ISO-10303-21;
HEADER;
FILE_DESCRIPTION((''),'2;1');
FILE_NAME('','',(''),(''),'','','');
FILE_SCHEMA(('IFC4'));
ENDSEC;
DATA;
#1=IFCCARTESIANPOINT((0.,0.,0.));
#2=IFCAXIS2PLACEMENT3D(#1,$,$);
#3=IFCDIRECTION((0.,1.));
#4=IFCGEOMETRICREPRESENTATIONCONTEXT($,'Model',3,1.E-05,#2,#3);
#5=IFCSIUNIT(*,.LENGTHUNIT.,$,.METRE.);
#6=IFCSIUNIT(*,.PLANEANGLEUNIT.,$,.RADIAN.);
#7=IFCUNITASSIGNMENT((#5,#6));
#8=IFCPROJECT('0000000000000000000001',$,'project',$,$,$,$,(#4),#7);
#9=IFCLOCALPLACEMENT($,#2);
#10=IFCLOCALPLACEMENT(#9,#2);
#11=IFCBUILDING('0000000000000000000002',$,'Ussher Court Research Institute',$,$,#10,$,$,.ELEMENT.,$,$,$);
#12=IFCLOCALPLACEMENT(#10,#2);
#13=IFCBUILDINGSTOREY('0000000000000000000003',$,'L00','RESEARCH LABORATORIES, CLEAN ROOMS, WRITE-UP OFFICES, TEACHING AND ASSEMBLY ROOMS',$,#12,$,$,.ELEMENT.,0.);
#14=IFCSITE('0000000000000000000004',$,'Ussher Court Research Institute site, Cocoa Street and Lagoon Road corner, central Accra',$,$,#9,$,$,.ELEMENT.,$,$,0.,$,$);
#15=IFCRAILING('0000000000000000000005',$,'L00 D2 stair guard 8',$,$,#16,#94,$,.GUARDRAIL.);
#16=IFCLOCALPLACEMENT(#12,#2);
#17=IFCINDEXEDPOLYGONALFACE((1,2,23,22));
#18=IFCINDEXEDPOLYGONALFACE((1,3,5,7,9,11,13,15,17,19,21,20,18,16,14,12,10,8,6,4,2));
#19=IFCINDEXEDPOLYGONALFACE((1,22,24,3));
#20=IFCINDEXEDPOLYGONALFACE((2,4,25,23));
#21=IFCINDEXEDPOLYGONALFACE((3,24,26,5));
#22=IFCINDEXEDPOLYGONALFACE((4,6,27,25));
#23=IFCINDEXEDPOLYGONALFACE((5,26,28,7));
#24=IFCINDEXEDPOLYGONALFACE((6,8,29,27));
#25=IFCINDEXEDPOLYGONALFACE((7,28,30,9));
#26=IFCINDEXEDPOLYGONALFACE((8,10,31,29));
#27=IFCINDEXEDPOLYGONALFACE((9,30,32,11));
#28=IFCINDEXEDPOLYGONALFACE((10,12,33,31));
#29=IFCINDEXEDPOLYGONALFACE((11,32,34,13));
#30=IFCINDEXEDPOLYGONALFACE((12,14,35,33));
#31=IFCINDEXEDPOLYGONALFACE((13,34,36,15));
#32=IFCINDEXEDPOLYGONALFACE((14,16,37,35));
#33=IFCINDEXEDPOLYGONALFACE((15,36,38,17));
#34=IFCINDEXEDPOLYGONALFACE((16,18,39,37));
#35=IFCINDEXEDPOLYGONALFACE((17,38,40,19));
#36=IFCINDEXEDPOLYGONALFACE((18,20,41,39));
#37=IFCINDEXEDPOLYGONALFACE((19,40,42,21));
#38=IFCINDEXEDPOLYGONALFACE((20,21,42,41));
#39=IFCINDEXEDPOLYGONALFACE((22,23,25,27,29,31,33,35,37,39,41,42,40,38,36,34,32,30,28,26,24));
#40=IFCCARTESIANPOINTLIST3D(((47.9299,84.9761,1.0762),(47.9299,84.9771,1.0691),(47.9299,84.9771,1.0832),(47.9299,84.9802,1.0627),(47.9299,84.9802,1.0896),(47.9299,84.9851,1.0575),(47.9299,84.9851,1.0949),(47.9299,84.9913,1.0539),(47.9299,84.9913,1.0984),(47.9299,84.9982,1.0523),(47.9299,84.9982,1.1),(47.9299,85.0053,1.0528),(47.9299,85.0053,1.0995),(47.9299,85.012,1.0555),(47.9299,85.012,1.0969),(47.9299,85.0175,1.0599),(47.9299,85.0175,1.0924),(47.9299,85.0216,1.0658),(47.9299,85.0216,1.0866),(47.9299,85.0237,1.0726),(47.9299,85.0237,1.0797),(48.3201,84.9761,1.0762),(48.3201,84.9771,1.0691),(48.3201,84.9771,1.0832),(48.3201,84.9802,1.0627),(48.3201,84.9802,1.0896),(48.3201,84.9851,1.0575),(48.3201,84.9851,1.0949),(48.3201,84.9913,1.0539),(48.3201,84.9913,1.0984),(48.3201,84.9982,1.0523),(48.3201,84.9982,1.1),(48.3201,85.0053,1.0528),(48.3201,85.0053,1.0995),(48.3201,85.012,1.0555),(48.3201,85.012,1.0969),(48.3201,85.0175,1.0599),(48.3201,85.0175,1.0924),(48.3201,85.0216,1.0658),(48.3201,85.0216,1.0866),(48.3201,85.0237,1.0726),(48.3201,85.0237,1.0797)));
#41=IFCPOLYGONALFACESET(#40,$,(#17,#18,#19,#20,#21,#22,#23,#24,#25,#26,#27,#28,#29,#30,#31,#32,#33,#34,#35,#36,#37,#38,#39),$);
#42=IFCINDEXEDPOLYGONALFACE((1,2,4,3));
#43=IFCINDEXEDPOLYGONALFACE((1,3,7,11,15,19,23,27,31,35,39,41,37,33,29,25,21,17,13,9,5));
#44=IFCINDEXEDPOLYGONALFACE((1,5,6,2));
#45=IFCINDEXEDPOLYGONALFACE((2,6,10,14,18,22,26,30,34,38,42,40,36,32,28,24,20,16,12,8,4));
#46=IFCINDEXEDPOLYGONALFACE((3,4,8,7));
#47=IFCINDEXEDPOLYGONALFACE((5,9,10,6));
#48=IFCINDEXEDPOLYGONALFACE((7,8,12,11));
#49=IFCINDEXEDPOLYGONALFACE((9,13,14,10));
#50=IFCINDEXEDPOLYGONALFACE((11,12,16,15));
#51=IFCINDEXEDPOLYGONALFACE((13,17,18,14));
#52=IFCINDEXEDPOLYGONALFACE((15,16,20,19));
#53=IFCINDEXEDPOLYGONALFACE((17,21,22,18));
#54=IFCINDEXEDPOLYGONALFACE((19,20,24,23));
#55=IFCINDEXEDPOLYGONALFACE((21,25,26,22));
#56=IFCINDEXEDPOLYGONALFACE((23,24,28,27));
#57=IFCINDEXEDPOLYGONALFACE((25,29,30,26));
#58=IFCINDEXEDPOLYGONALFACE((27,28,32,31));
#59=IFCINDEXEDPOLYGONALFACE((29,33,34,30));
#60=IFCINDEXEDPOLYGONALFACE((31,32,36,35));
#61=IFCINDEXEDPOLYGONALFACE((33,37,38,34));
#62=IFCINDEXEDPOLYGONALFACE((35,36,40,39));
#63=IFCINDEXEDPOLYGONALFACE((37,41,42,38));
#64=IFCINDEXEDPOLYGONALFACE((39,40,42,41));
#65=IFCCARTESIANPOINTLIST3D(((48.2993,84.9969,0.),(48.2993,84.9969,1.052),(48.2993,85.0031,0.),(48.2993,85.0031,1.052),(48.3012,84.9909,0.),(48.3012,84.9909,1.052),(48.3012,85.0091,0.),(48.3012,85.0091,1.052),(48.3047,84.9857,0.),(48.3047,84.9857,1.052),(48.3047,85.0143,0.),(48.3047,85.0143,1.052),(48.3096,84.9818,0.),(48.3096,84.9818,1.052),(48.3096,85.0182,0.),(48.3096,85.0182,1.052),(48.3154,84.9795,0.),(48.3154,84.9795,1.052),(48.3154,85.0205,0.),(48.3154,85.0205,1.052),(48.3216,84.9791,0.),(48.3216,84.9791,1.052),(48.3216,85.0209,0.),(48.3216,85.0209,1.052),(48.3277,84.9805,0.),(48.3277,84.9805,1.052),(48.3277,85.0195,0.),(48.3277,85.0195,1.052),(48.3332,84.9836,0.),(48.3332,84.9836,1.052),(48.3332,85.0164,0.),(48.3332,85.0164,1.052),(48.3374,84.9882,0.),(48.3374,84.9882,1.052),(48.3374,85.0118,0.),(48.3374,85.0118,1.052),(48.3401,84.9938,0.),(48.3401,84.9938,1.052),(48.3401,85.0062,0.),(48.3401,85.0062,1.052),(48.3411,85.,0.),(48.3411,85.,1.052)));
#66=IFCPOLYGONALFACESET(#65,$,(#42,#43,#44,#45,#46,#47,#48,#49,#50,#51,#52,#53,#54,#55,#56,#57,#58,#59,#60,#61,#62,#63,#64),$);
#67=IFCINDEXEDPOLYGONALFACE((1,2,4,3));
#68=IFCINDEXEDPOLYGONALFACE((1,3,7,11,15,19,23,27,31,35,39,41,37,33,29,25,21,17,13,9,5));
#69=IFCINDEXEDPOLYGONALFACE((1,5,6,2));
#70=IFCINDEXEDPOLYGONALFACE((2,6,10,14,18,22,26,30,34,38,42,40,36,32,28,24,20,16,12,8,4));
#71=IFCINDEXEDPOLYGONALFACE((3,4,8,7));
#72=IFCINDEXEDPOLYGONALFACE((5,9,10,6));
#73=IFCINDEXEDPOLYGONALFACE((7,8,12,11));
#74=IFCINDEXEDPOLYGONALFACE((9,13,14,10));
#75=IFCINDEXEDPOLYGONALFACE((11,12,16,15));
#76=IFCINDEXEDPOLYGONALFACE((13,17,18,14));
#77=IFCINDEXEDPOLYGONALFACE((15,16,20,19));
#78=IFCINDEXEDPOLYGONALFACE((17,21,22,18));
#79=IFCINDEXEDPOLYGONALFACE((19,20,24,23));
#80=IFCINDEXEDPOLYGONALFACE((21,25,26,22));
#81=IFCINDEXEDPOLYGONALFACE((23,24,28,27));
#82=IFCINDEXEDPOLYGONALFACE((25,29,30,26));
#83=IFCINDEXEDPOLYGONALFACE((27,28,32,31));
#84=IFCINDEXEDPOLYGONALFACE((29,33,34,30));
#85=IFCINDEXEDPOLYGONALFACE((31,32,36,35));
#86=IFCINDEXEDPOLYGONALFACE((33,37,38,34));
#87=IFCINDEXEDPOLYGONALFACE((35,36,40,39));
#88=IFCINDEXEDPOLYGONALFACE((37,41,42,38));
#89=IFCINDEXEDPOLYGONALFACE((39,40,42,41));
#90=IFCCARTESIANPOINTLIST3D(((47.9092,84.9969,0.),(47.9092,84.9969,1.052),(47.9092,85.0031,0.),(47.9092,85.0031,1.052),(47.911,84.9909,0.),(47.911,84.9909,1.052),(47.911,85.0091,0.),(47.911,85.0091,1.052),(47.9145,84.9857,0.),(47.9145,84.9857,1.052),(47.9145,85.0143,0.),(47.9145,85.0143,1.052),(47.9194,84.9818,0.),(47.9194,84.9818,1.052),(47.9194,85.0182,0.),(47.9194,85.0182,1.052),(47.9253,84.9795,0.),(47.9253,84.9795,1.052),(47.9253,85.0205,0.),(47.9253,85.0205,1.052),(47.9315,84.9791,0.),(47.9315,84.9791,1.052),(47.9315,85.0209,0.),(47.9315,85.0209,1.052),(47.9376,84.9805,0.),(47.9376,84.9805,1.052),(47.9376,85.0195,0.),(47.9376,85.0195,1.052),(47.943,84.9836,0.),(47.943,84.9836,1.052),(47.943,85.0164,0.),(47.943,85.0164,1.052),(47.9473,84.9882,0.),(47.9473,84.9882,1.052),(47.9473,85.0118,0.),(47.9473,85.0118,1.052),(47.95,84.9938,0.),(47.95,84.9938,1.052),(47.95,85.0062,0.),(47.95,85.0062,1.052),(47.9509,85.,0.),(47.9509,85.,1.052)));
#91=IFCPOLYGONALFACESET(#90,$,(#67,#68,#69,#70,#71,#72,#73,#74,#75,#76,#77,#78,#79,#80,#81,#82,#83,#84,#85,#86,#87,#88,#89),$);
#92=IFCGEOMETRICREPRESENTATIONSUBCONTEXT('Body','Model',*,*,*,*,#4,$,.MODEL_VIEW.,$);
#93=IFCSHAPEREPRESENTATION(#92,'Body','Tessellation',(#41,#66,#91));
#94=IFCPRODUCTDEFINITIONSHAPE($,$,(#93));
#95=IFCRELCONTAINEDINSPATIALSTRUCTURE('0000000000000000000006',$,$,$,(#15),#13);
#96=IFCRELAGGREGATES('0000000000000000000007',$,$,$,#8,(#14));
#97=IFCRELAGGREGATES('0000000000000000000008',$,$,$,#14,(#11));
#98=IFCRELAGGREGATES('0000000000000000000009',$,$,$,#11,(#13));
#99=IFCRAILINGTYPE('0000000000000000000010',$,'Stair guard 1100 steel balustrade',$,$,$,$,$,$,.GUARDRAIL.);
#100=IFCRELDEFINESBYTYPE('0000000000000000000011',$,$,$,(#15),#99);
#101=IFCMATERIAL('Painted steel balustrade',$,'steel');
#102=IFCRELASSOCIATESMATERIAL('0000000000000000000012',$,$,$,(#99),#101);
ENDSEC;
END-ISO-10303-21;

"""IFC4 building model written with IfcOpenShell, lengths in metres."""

from ifc_helpers import new_model, si_unit, direction, frame, origin, origin_2d, place, context, subcontext, project, spatial, circle, extrude, material, type_object, element, save


model = new_model("IFC4")

# Units and contexts
model_context = context("Model", 3, precision=1e-05, world=origin(), true_north=direction((0.0, 1.0)))
body_context = subcontext(model_context, "Body", "Model", "MODEL_VIEW")
ifc_project = project(units=[si_unit("LENGTHUNIT", "METRE"), si_unit("PLANEANGLEUNIT", "RADIAN")], contexts=[model_context])

# Site, building, storey
site_placement = place(None, origin())
site = spatial("IfcSite", under=ifc_project, at=site_placement, Name="Ussher Court Research Institute site, Cocoa Street and Lagoon Road corner, central Accra", CompositionType="ELEMENT", RefElevation=0.0)
building_placement = place(site_placement, origin())
building = spatial("IfcBuilding", under=site, at=building_placement, Name="Ussher Court Research Institute", CompositionType="ELEMENT")
storey_placement = place(building_placement, origin())
storey = spatial("IfcBuildingStorey", under=building, at=storey_placement, Name="L00", Description="RESEARCH LABORATORIES, CLEAN ROOMS, WRITE-UP OFFICES, TEACHING AND ASSEMBLY ROOMS", CompositionType="ELEMENT", Elevation=0.0)

# Railing
ifc_material_1 = material(Name="Painted steel balustrade", Category="steel")
railing_type_1 = type_object("IfcRailingType", Name="Stair guard 1100 steel balustrade", PredefinedType="GUARDRAIL", material=ifc_material_1)
railing_1_placement = place(storey_placement, frame((48.3201, 85.0, 0.0)))
element("IfcRailing", 1, at=railing_1_placement, inside=storey, type_object=railing_type_1, Name="L00 D2 stair guard 8", PredefinedType="GUARDRAIL", context=body_context, shape_type="SweptSolid", body=[
    extrude(circle(Radius=0.0239, at=origin_2d()), frame((0.0, 0.0, 1.0762), z_axis=(-1.0, 0.0, 0.0), x_axis=(0.0, -1.0, 0.0)), (0.0, 0.0, 1.0), 0.3901),
    extrude(circle(Radius=0.021, at=origin_2d()), origin(), (0.0, 0.0, 1.0), 1.052),
    extrude(circle(Radius=0.021, at=origin_2d()), frame((-0.3901, 0.0, 0.0)), (0.0, 0.0, 1.0), 1.052),
])

save(model, "model.ifc")
